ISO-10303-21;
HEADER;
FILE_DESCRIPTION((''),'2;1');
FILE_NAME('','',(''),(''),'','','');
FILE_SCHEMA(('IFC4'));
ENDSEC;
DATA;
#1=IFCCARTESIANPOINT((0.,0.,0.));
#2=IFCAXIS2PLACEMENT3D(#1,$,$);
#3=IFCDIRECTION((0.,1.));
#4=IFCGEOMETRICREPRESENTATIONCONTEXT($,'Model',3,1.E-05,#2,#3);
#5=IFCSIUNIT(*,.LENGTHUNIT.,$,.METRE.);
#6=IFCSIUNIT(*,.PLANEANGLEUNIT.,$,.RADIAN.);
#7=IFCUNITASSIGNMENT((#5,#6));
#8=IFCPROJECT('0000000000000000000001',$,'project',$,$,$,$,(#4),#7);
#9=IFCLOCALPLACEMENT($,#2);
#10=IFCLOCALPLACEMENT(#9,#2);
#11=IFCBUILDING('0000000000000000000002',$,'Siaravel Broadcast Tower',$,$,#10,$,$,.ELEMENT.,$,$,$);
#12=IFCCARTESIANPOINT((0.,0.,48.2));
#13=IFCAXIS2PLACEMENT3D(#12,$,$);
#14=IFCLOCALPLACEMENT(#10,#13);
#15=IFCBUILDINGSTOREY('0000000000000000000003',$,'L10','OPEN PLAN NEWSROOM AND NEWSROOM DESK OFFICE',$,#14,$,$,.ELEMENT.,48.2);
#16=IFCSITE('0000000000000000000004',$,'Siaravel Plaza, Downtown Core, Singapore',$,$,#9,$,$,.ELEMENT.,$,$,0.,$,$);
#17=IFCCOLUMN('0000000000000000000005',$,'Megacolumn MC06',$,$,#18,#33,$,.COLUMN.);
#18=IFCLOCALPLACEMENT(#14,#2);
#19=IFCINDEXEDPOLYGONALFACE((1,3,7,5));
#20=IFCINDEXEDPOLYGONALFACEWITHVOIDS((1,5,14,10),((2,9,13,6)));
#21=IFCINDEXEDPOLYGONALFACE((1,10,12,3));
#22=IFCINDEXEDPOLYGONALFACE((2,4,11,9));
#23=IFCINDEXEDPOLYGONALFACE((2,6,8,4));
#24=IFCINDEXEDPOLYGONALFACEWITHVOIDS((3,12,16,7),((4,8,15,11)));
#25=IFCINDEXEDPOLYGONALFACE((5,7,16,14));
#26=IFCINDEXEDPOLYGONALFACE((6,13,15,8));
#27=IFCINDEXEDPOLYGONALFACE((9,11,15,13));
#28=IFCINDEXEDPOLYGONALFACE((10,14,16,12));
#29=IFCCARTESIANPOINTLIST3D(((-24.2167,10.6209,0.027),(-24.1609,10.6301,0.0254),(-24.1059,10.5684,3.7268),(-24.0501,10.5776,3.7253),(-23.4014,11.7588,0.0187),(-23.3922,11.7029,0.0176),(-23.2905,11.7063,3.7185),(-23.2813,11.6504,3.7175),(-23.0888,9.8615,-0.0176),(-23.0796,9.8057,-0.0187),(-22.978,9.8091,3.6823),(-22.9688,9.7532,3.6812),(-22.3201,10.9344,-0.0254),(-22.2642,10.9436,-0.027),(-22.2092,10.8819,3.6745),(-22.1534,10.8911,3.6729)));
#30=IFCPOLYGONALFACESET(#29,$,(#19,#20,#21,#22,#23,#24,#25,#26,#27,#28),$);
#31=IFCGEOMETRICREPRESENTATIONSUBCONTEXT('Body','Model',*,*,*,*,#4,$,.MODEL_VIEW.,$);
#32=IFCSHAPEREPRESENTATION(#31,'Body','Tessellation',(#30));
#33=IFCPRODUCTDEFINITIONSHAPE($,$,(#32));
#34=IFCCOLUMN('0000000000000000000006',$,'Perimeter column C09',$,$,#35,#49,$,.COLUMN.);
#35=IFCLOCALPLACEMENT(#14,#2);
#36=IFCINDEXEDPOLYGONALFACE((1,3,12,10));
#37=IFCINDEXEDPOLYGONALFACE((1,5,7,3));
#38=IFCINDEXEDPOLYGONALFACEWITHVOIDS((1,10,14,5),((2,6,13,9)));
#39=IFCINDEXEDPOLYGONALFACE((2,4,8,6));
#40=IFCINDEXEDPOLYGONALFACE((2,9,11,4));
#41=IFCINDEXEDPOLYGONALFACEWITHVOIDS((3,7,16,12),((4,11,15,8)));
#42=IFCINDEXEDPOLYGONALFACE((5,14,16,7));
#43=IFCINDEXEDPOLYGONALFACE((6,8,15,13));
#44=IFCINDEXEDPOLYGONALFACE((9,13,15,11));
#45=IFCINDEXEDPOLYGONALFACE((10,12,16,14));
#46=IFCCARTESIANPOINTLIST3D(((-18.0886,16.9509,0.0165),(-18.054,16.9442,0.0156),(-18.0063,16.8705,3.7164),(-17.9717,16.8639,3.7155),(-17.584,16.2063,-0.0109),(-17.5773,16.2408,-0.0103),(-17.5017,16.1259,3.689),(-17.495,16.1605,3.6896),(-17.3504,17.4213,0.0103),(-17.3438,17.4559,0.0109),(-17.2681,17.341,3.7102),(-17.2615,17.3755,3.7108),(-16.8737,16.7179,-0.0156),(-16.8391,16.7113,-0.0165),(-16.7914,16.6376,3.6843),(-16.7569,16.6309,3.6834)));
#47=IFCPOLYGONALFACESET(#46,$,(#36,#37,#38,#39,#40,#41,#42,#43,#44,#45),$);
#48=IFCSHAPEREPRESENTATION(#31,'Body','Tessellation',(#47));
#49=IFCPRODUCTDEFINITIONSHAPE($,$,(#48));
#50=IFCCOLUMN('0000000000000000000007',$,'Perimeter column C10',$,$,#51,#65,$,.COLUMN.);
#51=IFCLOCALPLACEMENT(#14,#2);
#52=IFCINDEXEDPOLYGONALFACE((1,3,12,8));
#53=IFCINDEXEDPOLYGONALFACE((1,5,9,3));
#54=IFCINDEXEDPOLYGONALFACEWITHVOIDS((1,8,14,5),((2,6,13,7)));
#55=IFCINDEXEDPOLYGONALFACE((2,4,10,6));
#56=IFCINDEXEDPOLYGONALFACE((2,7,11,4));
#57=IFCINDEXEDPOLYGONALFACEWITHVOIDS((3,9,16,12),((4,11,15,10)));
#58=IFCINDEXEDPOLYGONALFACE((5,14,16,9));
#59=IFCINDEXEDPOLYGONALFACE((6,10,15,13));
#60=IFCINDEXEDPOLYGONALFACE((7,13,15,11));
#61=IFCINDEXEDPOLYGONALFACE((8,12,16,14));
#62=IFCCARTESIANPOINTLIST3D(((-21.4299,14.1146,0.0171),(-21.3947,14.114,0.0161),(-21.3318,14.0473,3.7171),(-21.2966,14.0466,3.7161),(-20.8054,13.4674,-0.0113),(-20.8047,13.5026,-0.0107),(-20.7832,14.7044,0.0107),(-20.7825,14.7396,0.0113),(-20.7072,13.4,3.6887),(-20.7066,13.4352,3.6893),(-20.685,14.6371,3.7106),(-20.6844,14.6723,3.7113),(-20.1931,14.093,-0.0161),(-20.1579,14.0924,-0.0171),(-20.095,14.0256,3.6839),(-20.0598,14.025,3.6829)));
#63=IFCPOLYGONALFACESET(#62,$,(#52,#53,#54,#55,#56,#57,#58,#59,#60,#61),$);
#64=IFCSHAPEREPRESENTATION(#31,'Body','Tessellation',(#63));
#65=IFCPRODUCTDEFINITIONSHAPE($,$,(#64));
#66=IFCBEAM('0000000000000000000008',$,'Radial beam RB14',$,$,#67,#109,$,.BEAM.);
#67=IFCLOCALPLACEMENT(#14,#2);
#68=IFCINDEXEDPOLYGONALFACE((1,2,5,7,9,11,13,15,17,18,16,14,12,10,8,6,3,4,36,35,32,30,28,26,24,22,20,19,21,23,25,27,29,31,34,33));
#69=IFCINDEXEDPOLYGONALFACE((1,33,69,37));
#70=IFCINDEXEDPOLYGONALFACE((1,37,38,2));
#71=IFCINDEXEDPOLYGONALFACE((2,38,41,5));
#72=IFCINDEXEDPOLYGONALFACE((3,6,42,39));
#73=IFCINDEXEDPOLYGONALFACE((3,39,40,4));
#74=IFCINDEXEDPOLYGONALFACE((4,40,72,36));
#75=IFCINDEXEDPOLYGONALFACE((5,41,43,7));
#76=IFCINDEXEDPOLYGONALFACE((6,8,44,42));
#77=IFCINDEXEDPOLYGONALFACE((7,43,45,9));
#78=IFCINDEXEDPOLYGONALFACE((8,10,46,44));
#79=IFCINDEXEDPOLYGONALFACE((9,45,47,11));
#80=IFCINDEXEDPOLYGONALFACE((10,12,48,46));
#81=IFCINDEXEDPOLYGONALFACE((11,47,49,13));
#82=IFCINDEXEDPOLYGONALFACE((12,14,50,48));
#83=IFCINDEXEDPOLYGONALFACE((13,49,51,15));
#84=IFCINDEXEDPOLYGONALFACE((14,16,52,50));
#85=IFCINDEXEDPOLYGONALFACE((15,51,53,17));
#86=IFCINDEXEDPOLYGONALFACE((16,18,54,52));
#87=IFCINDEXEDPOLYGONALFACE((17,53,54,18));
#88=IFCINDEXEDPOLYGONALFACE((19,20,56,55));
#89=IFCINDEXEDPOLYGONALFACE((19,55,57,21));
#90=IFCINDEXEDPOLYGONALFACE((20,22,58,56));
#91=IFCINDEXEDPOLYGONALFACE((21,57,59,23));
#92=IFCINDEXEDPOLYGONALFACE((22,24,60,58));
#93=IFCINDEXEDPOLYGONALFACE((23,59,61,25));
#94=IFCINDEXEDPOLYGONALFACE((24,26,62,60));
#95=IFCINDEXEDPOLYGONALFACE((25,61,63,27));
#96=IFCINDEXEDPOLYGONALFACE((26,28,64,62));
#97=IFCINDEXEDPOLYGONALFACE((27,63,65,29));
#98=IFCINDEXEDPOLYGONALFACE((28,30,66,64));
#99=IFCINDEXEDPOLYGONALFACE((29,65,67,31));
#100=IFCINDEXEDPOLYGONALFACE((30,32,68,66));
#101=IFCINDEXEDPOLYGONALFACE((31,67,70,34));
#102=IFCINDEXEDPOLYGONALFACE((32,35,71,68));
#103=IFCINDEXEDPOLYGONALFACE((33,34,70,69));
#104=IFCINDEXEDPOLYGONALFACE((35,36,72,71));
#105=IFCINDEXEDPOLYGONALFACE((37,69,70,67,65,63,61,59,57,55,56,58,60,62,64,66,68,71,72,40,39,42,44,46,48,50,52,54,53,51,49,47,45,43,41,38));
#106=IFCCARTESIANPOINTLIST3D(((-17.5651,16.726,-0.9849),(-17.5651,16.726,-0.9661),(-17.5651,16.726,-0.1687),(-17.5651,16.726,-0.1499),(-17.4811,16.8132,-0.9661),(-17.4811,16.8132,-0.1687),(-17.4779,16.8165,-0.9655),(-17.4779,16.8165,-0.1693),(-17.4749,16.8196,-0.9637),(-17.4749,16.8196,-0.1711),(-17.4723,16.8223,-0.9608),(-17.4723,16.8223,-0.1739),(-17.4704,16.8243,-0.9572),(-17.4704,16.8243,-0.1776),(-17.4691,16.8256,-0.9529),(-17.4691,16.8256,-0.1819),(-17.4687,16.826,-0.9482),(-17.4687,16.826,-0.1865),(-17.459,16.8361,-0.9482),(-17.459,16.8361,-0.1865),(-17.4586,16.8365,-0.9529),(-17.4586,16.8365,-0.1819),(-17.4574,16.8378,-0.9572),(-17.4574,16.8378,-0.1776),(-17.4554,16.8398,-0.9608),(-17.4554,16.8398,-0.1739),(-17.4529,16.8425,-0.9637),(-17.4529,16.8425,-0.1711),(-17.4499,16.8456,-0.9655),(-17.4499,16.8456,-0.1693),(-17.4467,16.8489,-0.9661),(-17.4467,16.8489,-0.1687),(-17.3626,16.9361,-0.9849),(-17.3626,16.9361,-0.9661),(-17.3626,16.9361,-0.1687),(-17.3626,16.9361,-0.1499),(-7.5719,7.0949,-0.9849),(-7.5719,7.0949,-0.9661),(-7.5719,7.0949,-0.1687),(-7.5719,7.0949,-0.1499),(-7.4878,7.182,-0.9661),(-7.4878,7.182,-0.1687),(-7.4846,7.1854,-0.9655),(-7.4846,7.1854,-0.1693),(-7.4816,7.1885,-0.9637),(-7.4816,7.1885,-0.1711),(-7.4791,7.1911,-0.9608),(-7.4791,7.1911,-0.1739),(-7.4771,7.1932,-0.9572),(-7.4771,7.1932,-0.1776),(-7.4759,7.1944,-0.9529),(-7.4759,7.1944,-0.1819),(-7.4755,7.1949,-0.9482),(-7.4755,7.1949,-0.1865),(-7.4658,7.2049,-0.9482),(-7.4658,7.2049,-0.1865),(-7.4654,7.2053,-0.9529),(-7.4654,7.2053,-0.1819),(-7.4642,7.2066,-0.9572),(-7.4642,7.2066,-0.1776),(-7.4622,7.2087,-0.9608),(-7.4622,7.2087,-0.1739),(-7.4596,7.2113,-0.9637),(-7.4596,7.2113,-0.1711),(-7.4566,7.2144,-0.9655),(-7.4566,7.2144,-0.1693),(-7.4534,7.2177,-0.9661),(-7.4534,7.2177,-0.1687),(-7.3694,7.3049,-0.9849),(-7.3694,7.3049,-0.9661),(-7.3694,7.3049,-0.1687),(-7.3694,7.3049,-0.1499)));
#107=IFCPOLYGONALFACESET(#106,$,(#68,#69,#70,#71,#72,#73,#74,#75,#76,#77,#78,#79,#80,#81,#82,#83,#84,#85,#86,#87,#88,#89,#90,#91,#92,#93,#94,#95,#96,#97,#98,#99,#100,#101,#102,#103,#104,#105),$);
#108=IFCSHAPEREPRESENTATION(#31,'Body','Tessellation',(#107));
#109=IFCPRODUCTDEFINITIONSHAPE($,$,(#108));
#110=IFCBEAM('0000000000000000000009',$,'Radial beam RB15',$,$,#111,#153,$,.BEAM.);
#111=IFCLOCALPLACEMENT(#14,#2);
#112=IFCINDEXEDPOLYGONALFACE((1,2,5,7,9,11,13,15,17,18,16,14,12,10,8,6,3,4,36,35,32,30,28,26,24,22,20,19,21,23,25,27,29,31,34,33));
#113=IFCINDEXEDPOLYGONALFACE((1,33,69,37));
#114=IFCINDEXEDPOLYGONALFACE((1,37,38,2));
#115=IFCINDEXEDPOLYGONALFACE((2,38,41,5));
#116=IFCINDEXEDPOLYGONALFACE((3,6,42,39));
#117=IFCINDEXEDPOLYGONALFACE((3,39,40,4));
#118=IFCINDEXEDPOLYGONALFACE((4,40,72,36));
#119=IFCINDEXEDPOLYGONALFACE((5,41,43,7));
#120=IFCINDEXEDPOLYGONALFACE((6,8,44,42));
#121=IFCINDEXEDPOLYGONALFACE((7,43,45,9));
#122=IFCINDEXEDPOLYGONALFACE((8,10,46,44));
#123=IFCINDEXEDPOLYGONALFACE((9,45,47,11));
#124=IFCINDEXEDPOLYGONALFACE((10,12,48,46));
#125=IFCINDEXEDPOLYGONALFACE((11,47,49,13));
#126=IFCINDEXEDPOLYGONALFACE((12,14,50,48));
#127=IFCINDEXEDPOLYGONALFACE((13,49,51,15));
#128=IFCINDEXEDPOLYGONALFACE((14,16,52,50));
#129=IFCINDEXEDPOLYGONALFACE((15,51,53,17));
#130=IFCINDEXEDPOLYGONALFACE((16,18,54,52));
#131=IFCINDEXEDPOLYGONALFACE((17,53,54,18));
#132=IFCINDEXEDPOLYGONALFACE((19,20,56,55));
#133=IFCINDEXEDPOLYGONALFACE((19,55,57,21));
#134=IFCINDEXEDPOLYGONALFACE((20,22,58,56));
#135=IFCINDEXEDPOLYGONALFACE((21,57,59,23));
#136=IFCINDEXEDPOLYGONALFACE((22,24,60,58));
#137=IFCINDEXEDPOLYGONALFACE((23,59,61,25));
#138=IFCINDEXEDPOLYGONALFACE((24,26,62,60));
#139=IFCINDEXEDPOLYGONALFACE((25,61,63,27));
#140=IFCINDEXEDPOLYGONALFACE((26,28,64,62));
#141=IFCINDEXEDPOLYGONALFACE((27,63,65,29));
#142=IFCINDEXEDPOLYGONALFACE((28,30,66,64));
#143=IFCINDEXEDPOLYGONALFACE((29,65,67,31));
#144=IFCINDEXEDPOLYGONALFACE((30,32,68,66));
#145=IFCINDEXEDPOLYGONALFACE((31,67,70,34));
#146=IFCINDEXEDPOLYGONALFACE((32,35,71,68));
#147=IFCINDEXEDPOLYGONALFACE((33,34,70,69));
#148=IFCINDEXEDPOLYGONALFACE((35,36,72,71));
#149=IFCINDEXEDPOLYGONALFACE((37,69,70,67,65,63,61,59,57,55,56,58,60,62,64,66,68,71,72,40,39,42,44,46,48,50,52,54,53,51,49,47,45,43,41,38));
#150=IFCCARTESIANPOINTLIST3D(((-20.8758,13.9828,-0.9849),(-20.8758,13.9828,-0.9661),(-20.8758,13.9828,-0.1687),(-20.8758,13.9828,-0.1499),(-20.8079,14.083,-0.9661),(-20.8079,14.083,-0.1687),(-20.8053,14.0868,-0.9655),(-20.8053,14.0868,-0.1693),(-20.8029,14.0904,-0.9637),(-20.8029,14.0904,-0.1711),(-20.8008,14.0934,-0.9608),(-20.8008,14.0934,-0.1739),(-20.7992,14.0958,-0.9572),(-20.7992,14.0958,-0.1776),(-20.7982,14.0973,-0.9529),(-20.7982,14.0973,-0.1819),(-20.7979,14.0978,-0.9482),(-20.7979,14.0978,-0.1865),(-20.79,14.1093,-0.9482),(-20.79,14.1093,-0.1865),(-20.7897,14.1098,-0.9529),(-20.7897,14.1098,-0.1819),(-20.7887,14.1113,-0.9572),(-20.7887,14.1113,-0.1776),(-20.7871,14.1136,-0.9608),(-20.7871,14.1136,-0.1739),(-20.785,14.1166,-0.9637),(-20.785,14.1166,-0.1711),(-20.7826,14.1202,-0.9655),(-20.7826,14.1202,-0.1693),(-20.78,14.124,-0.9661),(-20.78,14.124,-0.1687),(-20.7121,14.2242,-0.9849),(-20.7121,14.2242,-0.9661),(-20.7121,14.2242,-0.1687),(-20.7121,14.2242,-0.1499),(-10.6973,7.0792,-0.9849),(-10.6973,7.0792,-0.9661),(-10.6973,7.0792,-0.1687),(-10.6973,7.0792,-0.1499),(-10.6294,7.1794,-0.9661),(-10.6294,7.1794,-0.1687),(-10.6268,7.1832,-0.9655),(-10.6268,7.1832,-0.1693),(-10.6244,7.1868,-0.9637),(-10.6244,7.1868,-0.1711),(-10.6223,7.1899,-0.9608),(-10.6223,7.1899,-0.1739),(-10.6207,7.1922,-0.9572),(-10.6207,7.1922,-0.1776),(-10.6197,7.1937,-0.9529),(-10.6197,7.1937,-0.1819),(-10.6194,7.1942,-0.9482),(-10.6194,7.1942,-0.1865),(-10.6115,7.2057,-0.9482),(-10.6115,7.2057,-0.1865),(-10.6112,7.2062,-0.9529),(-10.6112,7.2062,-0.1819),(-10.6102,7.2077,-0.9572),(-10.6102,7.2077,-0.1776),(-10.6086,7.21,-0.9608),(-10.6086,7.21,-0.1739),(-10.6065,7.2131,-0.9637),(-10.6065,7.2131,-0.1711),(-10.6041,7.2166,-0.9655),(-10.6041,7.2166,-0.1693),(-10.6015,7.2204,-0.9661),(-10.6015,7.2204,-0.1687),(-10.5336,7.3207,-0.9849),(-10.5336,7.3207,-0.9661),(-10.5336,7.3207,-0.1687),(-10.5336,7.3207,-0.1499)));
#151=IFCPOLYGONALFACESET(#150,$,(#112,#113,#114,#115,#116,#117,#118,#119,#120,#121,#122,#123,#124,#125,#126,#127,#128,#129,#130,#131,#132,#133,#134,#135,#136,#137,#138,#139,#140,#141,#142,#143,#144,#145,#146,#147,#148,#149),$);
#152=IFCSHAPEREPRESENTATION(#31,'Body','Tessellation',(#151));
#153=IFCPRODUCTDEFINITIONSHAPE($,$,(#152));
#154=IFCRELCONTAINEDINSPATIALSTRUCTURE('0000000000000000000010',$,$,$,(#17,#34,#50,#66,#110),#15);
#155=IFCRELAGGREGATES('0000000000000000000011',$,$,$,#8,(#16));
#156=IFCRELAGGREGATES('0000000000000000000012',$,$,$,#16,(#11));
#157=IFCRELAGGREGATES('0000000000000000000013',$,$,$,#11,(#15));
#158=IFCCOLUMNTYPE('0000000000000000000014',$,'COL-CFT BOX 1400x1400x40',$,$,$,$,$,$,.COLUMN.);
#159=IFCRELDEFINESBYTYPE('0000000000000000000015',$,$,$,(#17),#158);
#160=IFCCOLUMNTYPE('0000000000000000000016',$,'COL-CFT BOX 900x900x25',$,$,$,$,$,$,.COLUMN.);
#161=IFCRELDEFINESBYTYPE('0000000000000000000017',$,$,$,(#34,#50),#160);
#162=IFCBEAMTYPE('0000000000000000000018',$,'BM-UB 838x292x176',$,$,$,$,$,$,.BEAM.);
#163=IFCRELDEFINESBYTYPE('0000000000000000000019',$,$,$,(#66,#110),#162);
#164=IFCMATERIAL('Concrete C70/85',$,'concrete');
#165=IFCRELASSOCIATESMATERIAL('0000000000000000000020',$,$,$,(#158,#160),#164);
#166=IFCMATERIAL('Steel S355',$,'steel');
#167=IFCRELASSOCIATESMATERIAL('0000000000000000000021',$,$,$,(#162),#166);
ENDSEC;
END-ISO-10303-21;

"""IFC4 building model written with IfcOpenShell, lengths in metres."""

from ifc_helpers import new_model, si_unit, direction, frame, origin, origin_2d, place, context, subcontext, project, spatial, hollow_rectangle, i_section, extrude, material, material_profile, profile_set, type_object, element, save


model = new_model("IFC4")

# Units and contexts
model_context = context("Model", 3, precision=1e-05, world=origin(), true_north=direction((0.0, 1.0)))
body_context = subcontext(model_context, "Body", "Model", "MODEL_VIEW")
ifc_project = project(units=[si_unit("LENGTHUNIT", "METRE"), si_unit("PLANEANGLEUNIT", "RADIAN")], contexts=[model_context])

# Site, building, storey
site_placement = place(None, origin())
site = spatial("IfcSite", under=ifc_project, at=site_placement, Name="Siaravel Plaza, Downtown Core, Singapore", CompositionType="ELEMENT", RefElevation=0.0)
building_placement = place(site_placement, origin())
building = spatial("IfcBuilding", under=site, at=building_placement, Name="Siaravel Broadcast Tower", CompositionType="ELEMENT")
storey_placement = place(building_placement, frame((0.0, 0.0, 48.2)))
storey = spatial("IfcBuildingStorey", under=building, at=storey_placement, Name="L10", Description="OPEN PLAN NEWSROOM AND NEWSROOM DESK OFFICE", CompositionType="ELEMENT", Elevation=48.2)

# Columns
ifc_material_1 = material(Name="Concrete C70/85", Category="concrete")
ifc_material_profile_1 = material_profile(ifc_material_1, hollow_rectangle(XDim=1.3999, YDim=1.3999, WallThickness=0.04, at=origin_2d()))
ifc_profile_set_1 = profile_set([ifc_material_profile_1], Name="Concrete C70/85")
column_type_1 = type_object("IfcColumnType", Name="COL-CFT BOX 1400x1400x40", PredefinedType="COLUMN", material=ifc_profile_set_1)
column_1_placement = place(storey_placement, frame((-23.2405, 10.7822, 0.0), z_axis=(0.029941, -0.014179, 0.999451), x_axis=(0.582456, 0.81284, -0.005917)))
element("IfcColumn", 1, at=column_1_placement, inside=storey, type_object=column_type_1, Name="Megacolumn MC06", PredefinedType="COLUMN", context=body_context, shape_type="SweptSolid", body=[
    extrude(hollow_rectangle(XDim=1.3999, YDim=1.3999, WallThickness=0.04, at=origin_2d()), origin(), (0.0, 0.0, 1.0), 3.7019),
])
ifc_material_profile_2 = material_profile(ifc_material_1, hollow_rectangle(XDim=0.8999, YDim=0.8999, WallThickness=0.0249, at=origin_2d()))
ifc_profile_set_2 = profile_set([ifc_material_profile_2], Name="Concrete C70/85")
column_type_2 = type_object("IfcColumnType", Name="COL-CFT BOX 900x900x25", PredefinedType="COLUMN", material=ifc_profile_set_2)
column_2_placement = place(storey_placement, frame((-17.4639, 16.8311, 0.0), z_axis=(0.022226, -0.021699, 0.999517), x_axis=(0.827676, 0.561172, -0.006222)))
element("IfcColumn", 2, at=column_2_placement, inside=storey, type_object=column_type_2, Name="Perimeter column C09", PredefinedType="COLUMN", context=body_context, shape_type="SweptSolid", body=[
    extrude(hollow_rectangle(XDim=0.8999, YDim=0.8999, WallThickness=0.0249, at=origin_2d()), origin(), (0.0, 0.0, 1.0), 3.7017),
])
column_3_placement = place(storey_placement, frame((-20.7939, 14.1035, 0.0), z_axis=(0.026512, -0.018202, 0.999483), x_axis=(0.719439, 0.694526, -0.006435)))
element("IfcColumn", 3, at=column_3_placement, inside=storey, type_object=column_type_2, Name="Perimeter column C10", PredefinedType="COLUMN", context=body_context, shape_type="SweptSolid", body=[
    extrude(hollow_rectangle(XDim=0.8999, YDim=0.8999, WallThickness=0.0249, at=origin_2d()), origin(), (0.0, 0.0, 1.0), 3.7019),
])

# Beams
ifc_material_2 = material(Name="Steel S355", Category="steel")
ifc_material_profile_3 = material_profile(ifc_material_2, i_section(OverallWidth=0.2917, OverallDepth=0.835, WebThickness=0.0139, FlangeThickness=0.0188, FilletRadius=0.0178, at=origin_2d()))
ifc_profile_set_3 = profile_set([ifc_material_profile_3], Name="Steel S355")
beam_type = type_object("IfcBeamType", Name="BM-UB 838x292x176", PredefinedType="BEAM", material=ifc_profile_set_3)
beam_1_placement = place(storey_placement, frame((-17.4639, 16.8311, -0.5674), z_axis=(0.72003, -0.693943, 0.0), x_axis=(0.693943, 0.72003, 0.0)))
element("IfcBeam", 4, at=beam_1_placement, inside=storey, type_object=beam_type, Name="Radial beam RB14", PredefinedType="BEAM", context=body_context, shape_type="SweptSolid", body=[
    extrude(i_section(OverallWidth=0.2917, OverallDepth=0.835, WebThickness=0.0139, FlangeThickness=0.0188, FilletRadius=0.0178, at=origin_2d()), origin(), (0.0, 0.0, 1.0), 13.8789),
])
beam_2_placement = place(storey_placement, frame((-20.7939, 14.1035, -0.5674), z_axis=(0.827599, -0.56132, 0.0), x_axis=(0.56132, 0.827599, 0.0)))
element("IfcBeam", 5, at=beam_2_placement, inside=storey, type_object=beam_type, Name="Radial beam RB15", PredefinedType="BEAM", context=body_context, shape_type="SweptSolid", body=[
    extrude(i_section(OverallWidth=0.2917, OverallDepth=0.835, WebThickness=0.0139, FlangeThickness=0.0188, FilletRadius=0.0178, at=origin_2d()), origin(), (0.0, 0.0, 1.0), 12.2988),
])

save(model, "model.ifc")
